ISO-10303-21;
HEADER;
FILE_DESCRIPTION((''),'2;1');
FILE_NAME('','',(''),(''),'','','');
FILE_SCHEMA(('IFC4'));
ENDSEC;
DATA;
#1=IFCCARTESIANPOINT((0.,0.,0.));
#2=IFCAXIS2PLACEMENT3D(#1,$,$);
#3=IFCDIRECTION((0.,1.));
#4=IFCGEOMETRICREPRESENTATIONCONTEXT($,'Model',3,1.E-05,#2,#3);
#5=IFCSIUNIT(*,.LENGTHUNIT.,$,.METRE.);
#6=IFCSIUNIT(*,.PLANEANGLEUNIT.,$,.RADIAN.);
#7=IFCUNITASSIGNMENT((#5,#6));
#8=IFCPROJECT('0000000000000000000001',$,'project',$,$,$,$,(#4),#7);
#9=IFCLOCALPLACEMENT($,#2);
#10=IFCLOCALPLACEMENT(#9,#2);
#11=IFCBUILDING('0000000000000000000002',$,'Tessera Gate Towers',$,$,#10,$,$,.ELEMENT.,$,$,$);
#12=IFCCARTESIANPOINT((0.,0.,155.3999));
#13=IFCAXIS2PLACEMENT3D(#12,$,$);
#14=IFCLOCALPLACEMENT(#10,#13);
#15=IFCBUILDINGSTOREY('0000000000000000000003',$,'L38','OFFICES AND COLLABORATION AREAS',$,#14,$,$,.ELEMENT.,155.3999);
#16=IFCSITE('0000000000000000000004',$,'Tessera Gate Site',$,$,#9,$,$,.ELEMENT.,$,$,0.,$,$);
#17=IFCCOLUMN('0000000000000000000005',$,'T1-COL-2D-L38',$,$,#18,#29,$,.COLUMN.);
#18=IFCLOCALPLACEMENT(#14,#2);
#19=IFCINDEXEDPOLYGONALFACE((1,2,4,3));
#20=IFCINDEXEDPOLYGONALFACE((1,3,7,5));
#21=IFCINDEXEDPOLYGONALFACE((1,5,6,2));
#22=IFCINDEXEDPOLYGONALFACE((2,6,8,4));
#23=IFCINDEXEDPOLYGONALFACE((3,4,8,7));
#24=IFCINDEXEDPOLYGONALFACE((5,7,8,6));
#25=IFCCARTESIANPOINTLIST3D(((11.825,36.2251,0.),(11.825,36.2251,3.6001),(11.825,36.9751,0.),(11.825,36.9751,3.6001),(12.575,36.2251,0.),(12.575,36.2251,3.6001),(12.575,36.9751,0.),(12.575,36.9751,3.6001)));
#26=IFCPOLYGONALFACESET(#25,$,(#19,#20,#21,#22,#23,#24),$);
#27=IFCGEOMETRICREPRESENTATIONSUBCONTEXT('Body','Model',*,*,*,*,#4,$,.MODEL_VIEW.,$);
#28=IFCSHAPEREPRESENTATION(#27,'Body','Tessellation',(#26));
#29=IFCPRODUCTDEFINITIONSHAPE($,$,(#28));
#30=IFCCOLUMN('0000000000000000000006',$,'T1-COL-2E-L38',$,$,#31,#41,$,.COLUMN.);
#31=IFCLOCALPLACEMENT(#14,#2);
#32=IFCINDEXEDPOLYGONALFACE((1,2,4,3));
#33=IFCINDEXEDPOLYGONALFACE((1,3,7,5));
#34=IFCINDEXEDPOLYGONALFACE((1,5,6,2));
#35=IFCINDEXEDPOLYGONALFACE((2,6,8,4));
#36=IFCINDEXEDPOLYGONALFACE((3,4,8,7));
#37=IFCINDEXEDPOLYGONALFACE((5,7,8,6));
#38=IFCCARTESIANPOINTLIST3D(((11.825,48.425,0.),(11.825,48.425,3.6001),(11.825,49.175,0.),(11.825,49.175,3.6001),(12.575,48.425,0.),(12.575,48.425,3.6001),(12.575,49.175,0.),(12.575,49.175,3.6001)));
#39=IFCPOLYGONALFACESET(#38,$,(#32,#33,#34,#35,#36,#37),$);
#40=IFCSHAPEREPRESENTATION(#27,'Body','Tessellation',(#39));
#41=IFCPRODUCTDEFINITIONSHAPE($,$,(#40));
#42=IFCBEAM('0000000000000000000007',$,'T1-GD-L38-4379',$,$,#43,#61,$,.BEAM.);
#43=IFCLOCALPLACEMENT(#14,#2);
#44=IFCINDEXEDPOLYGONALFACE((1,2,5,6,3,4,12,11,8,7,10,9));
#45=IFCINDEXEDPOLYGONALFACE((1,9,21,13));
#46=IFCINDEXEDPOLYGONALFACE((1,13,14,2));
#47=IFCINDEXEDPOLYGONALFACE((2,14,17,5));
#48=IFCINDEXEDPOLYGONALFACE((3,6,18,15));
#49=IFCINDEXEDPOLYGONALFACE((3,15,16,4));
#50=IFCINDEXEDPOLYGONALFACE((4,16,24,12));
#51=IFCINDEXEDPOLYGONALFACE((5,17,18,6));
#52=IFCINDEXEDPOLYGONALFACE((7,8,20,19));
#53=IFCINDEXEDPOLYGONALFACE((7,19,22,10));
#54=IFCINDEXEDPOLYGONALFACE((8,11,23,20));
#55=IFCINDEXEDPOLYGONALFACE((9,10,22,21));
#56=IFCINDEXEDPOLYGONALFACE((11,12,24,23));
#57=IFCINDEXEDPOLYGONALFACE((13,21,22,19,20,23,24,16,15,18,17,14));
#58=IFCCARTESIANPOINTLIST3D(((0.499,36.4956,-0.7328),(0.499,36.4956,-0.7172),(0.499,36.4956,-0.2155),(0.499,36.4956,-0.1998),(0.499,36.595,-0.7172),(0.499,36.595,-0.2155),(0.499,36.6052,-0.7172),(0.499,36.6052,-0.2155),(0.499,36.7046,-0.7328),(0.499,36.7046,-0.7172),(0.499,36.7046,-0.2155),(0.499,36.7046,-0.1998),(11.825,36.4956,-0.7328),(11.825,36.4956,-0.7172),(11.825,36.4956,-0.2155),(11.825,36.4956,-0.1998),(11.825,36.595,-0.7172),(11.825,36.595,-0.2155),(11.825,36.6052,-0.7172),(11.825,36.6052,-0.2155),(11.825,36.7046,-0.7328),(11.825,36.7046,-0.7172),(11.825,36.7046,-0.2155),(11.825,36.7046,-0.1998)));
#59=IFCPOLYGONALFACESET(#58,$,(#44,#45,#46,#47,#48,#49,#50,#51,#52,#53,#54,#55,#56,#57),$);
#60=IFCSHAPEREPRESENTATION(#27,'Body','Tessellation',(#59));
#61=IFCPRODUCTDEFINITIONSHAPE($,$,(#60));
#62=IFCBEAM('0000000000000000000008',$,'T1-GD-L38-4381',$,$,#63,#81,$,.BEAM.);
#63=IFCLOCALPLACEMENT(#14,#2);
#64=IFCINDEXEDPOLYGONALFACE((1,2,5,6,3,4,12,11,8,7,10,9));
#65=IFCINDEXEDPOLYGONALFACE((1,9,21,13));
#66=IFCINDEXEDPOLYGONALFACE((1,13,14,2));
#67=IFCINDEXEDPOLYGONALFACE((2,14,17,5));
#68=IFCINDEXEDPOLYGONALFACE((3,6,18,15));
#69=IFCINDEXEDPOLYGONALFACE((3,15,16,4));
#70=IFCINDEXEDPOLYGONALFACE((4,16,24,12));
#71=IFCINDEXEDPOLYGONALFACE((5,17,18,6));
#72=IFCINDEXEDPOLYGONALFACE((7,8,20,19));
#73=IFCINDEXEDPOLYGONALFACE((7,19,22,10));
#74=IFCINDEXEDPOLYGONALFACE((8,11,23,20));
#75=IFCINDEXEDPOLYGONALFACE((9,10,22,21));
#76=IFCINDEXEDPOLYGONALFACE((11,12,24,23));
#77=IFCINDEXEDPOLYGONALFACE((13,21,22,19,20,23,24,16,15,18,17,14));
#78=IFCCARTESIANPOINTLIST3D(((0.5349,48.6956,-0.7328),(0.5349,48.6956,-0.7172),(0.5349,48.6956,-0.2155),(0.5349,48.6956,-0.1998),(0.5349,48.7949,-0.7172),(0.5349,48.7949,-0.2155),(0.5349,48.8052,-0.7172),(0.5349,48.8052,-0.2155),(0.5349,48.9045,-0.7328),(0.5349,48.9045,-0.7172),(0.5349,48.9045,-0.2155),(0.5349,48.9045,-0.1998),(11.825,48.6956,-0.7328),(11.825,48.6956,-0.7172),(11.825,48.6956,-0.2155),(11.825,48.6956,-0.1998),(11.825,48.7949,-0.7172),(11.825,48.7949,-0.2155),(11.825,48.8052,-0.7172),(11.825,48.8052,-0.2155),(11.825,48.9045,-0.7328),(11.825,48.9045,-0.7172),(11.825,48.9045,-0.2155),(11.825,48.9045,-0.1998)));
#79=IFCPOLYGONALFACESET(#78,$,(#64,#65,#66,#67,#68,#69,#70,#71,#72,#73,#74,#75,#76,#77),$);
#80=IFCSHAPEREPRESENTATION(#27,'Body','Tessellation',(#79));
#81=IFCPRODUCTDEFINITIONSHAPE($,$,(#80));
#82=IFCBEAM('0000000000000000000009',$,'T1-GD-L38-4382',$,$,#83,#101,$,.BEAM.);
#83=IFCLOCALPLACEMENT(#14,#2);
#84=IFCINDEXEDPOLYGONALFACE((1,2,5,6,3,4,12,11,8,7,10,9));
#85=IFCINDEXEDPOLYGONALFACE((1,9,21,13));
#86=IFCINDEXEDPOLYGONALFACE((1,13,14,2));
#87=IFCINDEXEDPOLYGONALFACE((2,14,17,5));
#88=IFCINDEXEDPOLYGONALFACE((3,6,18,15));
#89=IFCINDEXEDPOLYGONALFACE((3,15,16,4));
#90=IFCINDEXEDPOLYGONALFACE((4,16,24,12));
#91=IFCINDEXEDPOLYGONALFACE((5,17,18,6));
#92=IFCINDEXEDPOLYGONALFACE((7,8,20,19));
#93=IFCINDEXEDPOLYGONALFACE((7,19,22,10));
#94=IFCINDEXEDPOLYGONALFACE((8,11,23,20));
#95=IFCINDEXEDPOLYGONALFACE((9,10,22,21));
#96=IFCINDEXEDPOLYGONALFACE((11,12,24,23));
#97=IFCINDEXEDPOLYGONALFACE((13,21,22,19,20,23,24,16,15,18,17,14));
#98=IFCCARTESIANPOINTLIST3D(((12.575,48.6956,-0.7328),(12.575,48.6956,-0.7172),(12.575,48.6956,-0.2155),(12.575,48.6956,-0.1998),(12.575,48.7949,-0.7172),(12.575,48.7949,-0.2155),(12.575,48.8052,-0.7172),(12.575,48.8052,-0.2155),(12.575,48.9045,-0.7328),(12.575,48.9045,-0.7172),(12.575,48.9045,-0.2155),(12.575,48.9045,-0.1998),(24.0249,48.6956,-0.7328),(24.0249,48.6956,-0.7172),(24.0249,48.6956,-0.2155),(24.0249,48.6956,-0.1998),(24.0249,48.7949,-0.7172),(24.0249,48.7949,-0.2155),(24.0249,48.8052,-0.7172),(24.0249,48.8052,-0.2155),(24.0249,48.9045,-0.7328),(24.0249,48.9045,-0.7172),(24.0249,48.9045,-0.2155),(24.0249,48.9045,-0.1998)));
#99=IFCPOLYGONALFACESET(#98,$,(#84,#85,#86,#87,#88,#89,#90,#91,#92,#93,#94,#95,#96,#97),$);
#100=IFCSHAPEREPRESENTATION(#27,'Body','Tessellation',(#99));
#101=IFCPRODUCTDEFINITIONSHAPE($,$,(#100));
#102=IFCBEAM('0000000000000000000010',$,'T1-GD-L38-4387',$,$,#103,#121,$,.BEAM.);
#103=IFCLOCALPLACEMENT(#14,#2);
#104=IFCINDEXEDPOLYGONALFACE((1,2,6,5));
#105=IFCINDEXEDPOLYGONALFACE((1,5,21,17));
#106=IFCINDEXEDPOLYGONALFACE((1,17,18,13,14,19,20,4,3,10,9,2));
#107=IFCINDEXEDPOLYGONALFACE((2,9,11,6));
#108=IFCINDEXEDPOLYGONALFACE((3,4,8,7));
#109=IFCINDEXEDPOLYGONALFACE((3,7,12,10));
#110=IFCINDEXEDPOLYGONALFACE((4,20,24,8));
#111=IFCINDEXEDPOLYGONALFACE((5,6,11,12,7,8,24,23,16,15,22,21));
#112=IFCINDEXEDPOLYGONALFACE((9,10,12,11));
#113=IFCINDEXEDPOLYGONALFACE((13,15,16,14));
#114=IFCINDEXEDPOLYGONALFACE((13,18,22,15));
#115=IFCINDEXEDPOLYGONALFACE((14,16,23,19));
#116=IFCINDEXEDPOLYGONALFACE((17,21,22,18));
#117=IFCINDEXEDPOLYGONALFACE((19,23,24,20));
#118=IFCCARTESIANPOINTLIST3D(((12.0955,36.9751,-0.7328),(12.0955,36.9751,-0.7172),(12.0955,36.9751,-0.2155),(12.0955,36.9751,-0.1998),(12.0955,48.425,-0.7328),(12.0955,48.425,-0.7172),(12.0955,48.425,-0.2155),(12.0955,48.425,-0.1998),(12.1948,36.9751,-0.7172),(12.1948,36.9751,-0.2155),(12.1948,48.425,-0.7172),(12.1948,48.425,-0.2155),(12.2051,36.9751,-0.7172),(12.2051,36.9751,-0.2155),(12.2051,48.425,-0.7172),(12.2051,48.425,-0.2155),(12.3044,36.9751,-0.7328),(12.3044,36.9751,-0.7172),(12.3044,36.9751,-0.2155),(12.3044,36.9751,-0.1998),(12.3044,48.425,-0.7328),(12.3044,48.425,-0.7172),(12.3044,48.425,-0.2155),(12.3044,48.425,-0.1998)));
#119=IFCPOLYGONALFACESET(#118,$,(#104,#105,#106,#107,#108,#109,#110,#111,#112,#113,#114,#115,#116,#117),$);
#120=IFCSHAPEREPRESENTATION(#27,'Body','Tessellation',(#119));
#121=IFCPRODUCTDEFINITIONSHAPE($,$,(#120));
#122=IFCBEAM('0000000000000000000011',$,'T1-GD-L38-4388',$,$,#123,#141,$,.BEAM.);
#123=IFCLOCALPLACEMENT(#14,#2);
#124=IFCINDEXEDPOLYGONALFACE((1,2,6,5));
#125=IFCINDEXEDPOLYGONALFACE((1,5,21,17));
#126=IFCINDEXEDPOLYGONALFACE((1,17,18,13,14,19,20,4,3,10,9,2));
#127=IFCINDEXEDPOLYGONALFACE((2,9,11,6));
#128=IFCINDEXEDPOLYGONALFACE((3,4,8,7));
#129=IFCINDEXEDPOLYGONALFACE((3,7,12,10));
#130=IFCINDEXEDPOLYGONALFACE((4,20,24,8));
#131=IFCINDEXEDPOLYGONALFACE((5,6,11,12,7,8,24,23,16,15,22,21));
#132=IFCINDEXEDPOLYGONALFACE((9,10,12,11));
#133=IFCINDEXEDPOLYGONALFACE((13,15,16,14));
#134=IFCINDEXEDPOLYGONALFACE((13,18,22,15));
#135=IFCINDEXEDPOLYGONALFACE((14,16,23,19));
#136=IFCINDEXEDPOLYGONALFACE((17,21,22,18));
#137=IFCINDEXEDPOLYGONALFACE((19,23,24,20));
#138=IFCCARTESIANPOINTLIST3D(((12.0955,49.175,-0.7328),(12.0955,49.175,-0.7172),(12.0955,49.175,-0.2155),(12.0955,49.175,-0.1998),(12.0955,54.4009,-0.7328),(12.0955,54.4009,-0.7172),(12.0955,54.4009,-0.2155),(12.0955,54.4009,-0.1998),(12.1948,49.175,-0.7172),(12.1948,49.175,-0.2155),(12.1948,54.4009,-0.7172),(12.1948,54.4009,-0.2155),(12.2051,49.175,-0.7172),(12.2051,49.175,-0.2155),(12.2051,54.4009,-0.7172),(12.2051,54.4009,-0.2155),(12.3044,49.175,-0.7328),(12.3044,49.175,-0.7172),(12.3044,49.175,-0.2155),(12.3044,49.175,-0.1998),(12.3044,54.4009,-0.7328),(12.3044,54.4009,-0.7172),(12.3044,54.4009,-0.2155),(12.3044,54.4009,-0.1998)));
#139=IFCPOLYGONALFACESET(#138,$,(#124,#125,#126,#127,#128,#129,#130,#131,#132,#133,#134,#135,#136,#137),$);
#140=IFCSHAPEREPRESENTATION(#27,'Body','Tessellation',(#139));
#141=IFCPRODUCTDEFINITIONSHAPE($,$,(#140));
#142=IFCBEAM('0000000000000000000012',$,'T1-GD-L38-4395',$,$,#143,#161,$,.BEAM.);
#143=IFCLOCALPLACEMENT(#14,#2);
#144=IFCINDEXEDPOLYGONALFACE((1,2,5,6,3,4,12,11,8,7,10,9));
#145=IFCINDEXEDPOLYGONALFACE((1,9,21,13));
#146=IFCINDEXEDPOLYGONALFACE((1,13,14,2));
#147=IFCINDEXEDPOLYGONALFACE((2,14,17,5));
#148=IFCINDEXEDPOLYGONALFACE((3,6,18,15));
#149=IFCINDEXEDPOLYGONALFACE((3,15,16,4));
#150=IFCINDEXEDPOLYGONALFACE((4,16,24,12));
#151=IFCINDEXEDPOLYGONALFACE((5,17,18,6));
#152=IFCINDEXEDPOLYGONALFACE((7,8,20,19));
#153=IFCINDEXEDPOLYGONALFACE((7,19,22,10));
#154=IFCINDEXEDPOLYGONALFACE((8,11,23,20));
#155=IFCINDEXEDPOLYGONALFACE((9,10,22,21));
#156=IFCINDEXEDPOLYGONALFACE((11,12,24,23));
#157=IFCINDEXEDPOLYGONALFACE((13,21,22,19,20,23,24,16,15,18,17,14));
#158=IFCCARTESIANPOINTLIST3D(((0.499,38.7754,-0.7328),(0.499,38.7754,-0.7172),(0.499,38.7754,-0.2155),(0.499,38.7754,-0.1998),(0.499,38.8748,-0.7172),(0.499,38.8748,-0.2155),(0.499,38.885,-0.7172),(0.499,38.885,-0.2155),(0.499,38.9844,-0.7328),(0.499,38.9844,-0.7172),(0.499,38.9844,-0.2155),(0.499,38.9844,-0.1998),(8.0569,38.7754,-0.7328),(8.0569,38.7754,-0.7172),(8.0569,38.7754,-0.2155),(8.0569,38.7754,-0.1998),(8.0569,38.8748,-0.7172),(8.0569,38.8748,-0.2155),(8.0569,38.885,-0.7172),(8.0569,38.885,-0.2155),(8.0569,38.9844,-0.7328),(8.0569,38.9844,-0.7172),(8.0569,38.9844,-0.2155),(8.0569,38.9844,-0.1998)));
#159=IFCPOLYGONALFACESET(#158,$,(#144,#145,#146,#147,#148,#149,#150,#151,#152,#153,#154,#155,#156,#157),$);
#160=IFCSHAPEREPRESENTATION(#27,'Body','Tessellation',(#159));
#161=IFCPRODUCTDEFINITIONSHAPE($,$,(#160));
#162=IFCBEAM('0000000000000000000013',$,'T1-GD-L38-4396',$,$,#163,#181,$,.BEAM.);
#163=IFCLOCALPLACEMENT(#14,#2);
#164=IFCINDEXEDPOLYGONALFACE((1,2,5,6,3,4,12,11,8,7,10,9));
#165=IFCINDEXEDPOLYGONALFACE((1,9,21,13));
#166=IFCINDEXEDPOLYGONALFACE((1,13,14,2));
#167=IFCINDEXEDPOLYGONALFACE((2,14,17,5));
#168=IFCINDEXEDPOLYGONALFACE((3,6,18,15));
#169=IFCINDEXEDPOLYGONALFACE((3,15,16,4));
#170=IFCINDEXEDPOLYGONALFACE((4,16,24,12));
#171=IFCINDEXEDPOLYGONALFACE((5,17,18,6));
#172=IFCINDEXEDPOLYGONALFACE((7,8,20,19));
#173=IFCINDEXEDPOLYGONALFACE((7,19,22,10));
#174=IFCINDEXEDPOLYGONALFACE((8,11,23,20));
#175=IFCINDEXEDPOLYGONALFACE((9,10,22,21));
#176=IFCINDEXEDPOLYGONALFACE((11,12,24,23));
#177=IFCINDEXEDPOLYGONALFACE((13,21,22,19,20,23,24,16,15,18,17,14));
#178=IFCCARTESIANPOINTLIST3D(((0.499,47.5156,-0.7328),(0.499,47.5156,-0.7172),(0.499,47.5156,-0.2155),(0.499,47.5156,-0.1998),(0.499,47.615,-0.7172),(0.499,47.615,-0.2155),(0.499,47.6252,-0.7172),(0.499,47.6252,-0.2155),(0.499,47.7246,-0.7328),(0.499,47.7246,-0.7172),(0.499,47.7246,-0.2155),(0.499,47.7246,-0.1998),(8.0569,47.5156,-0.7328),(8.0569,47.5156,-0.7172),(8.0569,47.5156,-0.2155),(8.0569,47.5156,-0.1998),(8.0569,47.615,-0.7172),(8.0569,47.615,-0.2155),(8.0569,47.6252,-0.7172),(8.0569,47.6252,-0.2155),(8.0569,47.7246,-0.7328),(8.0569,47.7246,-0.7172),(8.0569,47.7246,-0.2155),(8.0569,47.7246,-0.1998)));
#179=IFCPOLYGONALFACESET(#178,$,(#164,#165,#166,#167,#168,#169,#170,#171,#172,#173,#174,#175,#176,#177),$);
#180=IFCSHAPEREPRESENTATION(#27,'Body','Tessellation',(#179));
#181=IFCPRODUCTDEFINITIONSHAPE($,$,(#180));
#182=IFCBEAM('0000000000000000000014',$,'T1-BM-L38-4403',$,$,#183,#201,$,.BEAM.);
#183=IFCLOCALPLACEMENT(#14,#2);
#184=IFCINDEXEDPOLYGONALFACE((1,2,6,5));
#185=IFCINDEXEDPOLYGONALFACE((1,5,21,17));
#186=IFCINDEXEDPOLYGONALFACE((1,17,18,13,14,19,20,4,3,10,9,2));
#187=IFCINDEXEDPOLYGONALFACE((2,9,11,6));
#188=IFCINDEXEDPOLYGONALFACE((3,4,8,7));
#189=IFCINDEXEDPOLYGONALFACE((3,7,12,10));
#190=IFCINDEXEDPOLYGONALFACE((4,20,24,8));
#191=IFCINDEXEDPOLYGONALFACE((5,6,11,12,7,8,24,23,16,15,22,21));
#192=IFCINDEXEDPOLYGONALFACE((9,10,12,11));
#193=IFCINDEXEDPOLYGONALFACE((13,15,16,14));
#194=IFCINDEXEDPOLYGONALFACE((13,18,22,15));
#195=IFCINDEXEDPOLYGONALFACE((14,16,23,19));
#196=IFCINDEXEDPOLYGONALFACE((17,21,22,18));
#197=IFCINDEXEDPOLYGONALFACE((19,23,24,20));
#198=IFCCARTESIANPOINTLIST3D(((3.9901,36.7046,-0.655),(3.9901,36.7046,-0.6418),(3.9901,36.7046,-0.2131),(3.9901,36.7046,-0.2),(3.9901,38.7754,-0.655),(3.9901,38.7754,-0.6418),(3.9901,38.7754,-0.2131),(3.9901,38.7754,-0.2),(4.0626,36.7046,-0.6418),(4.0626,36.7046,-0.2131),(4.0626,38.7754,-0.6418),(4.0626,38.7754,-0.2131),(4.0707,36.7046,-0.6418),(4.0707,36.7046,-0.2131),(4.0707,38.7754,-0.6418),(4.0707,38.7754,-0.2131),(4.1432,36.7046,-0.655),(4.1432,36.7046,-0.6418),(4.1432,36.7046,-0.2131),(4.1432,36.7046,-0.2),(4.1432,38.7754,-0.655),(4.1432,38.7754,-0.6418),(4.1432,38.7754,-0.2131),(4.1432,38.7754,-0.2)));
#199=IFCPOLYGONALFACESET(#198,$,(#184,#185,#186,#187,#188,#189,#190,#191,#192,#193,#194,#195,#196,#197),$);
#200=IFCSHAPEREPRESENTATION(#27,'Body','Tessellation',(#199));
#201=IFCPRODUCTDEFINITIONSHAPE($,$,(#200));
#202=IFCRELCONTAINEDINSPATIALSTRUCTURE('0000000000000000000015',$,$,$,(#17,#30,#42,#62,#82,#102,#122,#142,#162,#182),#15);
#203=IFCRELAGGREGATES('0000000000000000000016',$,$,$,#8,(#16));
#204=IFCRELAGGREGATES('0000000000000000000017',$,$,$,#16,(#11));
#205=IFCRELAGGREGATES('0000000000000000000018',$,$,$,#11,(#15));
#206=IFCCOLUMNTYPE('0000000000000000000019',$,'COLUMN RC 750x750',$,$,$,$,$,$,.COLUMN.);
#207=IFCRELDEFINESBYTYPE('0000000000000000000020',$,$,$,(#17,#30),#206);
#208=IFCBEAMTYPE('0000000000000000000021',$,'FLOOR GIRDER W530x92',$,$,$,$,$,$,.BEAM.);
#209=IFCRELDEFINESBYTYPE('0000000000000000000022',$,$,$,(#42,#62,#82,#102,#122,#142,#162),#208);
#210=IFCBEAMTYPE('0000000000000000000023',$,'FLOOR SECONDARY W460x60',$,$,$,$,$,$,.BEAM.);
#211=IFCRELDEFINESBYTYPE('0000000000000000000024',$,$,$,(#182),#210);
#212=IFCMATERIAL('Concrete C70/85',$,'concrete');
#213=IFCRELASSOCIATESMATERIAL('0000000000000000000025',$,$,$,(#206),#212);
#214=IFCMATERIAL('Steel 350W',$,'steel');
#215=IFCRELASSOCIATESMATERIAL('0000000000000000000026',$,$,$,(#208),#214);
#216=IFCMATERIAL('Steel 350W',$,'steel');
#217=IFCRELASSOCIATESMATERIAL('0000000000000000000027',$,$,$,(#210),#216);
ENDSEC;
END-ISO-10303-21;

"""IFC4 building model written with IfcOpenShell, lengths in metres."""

from ifc_helpers import new_model, si_unit, direction, frame, origin, origin_2d, place, context, subcontext, project, spatial, rectangle, i_section, extrude, material, material_profile, profile_set, type_object, element, save


model = new_model("IFC4")

# Units and contexts
model_context = context("Model", 3, precision=1e-05, world=origin(), true_north=direction((0.0, 1.0)))
body_context = subcontext(model_context, "Body", "Model", "MODEL_VIEW")
ifc_project = project(units=[si_unit("LENGTHUNIT", "METRE"), si_unit("PLANEANGLEUNIT", "RADIAN")], contexts=[model_context])

# Site, building, storey
site_placement = place(None, origin())
site = spatial("IfcSite", under=ifc_project, at=site_placement, Name="Tessera Gate Site", CompositionType="ELEMENT", RefElevation=0.0)
building_placement = place(site_placement, origin())
building = spatial("IfcBuilding", under=site, at=building_placement, Name="Tessera Gate Towers", CompositionType="ELEMENT")
storey_placement = place(building_placement, frame((0.0, 0.0, 155.3999)))
storey = spatial("IfcBuildingStorey", under=building, at=storey_placement, Name="L38", Description="OFFICES AND COLLABORATION AREAS", CompositionType="ELEMENT", Elevation=155.3999)

# Columns
ifc_material_1 = material(Name="Concrete C70/85", Category="concrete")
ifc_material_profile_1 = material_profile(ifc_material_1, rectangle(XDim=0.75, YDim=0.75, at=origin_2d()), Name="RC 750x750")
ifc_profile_set_1 = profile_set([ifc_material_profile_1], Name="Concrete C70/85")
column_type = type_object("IfcColumnType", Name="COLUMN RC 750x750", PredefinedType="COLUMN", material=ifc_profile_set_1)
for number, where, z_axis, x_axis, name in (
    (1, (12.2, 36.6001, 0.0), (0.0, 0.0, 1.0), (1.0, 0.0, 0.0), "T1-COL-2D-L38"),
    (2, (12.2, 48.8, 0.0), (0.0, 0.0, 1.0), (1.0, 0.0, 0.0), "T1-COL-2E-L38"),
):
    element("IfcColumn", number, at=place(storey_placement, frame(where, z_axis=z_axis, x_axis=x_axis)), inside=storey, type_object=column_type, Name=name, PredefinedType="COLUMN", context=body_context, shape_type="SweptSolid", body=[
        extrude(rectangle(XDim=0.75, YDim=0.75, at=origin_2d()), origin(), (0.0, 0.0, 1.0), 3.6001),
    ])

# Beams
ifc_material_2 = material(Name="Steel 350W", Category="steel")
ifc_material_profile_2 = material_profile(ifc_material_2, i_section(OverallWidth=0.209, OverallDepth=0.533, WebThickness=0.0103, FlangeThickness=0.0156, at=origin_2d()), Name="W530x92")
ifc_profile_set_2 = profile_set([ifc_material_profile_2], Name="Steel 350W")
beam_type_1 = type_object("IfcBeamType", Name="FLOOR GIRDER W530x92", PredefinedType="BEAM", material=ifc_profile_set_2)
beam_1_placement = place(storey_placement, frame((0.499, 36.6001, -0.4663), z_axis=(1.0, 0.0, 0.0), x_axis=(0.0, 1.0, 0.0)))
element("IfcBeam", 3, at=beam_1_placement, inside=storey, type_object=beam_type_1, Name="T1-GD-L38-4379", PredefinedType="BEAM", context=body_context, shape_type="SweptSolid", body=[
    extrude(i_section(OverallWidth=0.209, OverallDepth=0.533, WebThickness=0.0103, FlangeThickness=0.0156, at=origin_2d()), origin(), (0.0, 0.0, 1.0), 11.3259),
])
beam_2_placement = place(storey_placement, frame((0.5349, 48.8, -0.4663), z_axis=(1.0, 0.0, 0.0), x_axis=(0.0, 1.0, 0.0)))
element("IfcBeam", 4, at=beam_2_placement, inside=storey, type_object=beam_type_1, Name="T1-GD-L38-4381", PredefinedType="BEAM", context=body_context, shape_type="SweptSolid", body=[
    extrude(i_section(OverallWidth=0.209, OverallDepth=0.533, WebThickness=0.0103, FlangeThickness=0.0156, at=origin_2d()), origin(), (0.0, 0.0, 1.0), 11.29),
])
for number, where, z_axis, x_axis, name in (
    (5, (12.575, 48.8, -0.4663), (1.0, 0.0, 0.0), (0.0, 1.0, 0.0), "T1-GD-L38-4382"),
    (6, (12.2, 36.9751, -0.4663), (0.0, 1.0, 0.0), (-1.0, 0.0, 0.0), "T1-GD-L38-4387"),
):
    element("IfcBeam", number, at=place(storey_placement, frame(where, z_axis=z_axis, x_axis=x_axis)), inside=storey, type_object=beam_type_1, Name=name, PredefinedType="BEAM", context=body_context, shape_type="SweptSolid", body=[
        extrude(i_section(OverallWidth=0.209, OverallDepth=0.533, WebThickness=0.0103, FlangeThickness=0.0156, at=origin_2d()), origin(), (0.0, 0.0, 1.0), 11.45),
    ])
beam_3_placement = place(storey_placement, frame((12.2, 49.175, -0.4663), z_axis=(0.0, 1.0, 0.0), x_axis=(-1.0, 0.0, 0.0)))
element("IfcBeam", 7, at=beam_3_placement, inside=storey, type_object=beam_type_1, Name="T1-GD-L38-4388", PredefinedType="BEAM", context=body_context, shape_type="SweptSolid", body=[
    extrude(i_section(OverallWidth=0.209, OverallDepth=0.533, WebThickness=0.0103, FlangeThickness=0.0156, at=origin_2d()), origin(), (0.0, 0.0, 1.0), 5.2258),
])
for number, where, z_axis, x_axis, name in (
    (8, (0.499, 38.8799, -0.4663), (1.0, 0.0, 0.0), (0.0, 1.0, 0.0), "T1-GD-L38-4395"),
    (9, (0.499, 47.6201, -0.4663), (1.0, 0.0, 0.0), (0.0, 1.0, 0.0), "T1-GD-L38-4396"),
):
    element("IfcBeam", number, at=place(storey_placement, frame(where, z_axis=z_axis, x_axis=x_axis)), inside=storey, type_object=beam_type_1, Name=name, PredefinedType="BEAM", context=body_context, shape_type="SweptSolid", body=[
        extrude(i_section(OverallWidth=0.209, OverallDepth=0.533, WebThickness=0.0103, FlangeThickness=0.0156, at=origin_2d()), origin(), (0.0, 0.0, 1.0), 7.5579),
    ])
ifc_material_3 = material(Name="Steel 350W", Category="steel")
ifc_material_profile_3 = material_profile(ifc_material_3, i_section(OverallWidth=0.1531, OverallDepth=0.4551, WebThickness=0.0081, FlangeThickness=0.0132, at=origin_2d()), Name="W460x60")
ifc_profile_set_3 = profile_set([ifc_material_profile_3], Name="Steel 350W")
beam_type_2 = type_object("IfcBeamType", Name="FLOOR SECONDARY W460x60", PredefinedType="BEAM", material=ifc_profile_set_3)
beam_4_placement = place(storey_placement, frame((4.0667, 36.7046, -0.4275), z_axis=(0.0, 1.0, 0.0), x_axis=(-1.0, 0.0, 0.0)))
element("IfcBeam", 10, at=beam_4_placement, inside=storey, type_object=beam_type_2, Name="T1-BM-L38-4403", PredefinedType="BEAM", context=body_context, shape_type="SweptSolid", body=[
    extrude(i_section(OverallWidth=0.1531, OverallDepth=0.4551, WebThickness=0.0081, FlangeThickness=0.0132, at=origin_2d()), origin(), (0.0, 0.0, 1.0), 2.0708),
])

save(model, "model.ifc")
